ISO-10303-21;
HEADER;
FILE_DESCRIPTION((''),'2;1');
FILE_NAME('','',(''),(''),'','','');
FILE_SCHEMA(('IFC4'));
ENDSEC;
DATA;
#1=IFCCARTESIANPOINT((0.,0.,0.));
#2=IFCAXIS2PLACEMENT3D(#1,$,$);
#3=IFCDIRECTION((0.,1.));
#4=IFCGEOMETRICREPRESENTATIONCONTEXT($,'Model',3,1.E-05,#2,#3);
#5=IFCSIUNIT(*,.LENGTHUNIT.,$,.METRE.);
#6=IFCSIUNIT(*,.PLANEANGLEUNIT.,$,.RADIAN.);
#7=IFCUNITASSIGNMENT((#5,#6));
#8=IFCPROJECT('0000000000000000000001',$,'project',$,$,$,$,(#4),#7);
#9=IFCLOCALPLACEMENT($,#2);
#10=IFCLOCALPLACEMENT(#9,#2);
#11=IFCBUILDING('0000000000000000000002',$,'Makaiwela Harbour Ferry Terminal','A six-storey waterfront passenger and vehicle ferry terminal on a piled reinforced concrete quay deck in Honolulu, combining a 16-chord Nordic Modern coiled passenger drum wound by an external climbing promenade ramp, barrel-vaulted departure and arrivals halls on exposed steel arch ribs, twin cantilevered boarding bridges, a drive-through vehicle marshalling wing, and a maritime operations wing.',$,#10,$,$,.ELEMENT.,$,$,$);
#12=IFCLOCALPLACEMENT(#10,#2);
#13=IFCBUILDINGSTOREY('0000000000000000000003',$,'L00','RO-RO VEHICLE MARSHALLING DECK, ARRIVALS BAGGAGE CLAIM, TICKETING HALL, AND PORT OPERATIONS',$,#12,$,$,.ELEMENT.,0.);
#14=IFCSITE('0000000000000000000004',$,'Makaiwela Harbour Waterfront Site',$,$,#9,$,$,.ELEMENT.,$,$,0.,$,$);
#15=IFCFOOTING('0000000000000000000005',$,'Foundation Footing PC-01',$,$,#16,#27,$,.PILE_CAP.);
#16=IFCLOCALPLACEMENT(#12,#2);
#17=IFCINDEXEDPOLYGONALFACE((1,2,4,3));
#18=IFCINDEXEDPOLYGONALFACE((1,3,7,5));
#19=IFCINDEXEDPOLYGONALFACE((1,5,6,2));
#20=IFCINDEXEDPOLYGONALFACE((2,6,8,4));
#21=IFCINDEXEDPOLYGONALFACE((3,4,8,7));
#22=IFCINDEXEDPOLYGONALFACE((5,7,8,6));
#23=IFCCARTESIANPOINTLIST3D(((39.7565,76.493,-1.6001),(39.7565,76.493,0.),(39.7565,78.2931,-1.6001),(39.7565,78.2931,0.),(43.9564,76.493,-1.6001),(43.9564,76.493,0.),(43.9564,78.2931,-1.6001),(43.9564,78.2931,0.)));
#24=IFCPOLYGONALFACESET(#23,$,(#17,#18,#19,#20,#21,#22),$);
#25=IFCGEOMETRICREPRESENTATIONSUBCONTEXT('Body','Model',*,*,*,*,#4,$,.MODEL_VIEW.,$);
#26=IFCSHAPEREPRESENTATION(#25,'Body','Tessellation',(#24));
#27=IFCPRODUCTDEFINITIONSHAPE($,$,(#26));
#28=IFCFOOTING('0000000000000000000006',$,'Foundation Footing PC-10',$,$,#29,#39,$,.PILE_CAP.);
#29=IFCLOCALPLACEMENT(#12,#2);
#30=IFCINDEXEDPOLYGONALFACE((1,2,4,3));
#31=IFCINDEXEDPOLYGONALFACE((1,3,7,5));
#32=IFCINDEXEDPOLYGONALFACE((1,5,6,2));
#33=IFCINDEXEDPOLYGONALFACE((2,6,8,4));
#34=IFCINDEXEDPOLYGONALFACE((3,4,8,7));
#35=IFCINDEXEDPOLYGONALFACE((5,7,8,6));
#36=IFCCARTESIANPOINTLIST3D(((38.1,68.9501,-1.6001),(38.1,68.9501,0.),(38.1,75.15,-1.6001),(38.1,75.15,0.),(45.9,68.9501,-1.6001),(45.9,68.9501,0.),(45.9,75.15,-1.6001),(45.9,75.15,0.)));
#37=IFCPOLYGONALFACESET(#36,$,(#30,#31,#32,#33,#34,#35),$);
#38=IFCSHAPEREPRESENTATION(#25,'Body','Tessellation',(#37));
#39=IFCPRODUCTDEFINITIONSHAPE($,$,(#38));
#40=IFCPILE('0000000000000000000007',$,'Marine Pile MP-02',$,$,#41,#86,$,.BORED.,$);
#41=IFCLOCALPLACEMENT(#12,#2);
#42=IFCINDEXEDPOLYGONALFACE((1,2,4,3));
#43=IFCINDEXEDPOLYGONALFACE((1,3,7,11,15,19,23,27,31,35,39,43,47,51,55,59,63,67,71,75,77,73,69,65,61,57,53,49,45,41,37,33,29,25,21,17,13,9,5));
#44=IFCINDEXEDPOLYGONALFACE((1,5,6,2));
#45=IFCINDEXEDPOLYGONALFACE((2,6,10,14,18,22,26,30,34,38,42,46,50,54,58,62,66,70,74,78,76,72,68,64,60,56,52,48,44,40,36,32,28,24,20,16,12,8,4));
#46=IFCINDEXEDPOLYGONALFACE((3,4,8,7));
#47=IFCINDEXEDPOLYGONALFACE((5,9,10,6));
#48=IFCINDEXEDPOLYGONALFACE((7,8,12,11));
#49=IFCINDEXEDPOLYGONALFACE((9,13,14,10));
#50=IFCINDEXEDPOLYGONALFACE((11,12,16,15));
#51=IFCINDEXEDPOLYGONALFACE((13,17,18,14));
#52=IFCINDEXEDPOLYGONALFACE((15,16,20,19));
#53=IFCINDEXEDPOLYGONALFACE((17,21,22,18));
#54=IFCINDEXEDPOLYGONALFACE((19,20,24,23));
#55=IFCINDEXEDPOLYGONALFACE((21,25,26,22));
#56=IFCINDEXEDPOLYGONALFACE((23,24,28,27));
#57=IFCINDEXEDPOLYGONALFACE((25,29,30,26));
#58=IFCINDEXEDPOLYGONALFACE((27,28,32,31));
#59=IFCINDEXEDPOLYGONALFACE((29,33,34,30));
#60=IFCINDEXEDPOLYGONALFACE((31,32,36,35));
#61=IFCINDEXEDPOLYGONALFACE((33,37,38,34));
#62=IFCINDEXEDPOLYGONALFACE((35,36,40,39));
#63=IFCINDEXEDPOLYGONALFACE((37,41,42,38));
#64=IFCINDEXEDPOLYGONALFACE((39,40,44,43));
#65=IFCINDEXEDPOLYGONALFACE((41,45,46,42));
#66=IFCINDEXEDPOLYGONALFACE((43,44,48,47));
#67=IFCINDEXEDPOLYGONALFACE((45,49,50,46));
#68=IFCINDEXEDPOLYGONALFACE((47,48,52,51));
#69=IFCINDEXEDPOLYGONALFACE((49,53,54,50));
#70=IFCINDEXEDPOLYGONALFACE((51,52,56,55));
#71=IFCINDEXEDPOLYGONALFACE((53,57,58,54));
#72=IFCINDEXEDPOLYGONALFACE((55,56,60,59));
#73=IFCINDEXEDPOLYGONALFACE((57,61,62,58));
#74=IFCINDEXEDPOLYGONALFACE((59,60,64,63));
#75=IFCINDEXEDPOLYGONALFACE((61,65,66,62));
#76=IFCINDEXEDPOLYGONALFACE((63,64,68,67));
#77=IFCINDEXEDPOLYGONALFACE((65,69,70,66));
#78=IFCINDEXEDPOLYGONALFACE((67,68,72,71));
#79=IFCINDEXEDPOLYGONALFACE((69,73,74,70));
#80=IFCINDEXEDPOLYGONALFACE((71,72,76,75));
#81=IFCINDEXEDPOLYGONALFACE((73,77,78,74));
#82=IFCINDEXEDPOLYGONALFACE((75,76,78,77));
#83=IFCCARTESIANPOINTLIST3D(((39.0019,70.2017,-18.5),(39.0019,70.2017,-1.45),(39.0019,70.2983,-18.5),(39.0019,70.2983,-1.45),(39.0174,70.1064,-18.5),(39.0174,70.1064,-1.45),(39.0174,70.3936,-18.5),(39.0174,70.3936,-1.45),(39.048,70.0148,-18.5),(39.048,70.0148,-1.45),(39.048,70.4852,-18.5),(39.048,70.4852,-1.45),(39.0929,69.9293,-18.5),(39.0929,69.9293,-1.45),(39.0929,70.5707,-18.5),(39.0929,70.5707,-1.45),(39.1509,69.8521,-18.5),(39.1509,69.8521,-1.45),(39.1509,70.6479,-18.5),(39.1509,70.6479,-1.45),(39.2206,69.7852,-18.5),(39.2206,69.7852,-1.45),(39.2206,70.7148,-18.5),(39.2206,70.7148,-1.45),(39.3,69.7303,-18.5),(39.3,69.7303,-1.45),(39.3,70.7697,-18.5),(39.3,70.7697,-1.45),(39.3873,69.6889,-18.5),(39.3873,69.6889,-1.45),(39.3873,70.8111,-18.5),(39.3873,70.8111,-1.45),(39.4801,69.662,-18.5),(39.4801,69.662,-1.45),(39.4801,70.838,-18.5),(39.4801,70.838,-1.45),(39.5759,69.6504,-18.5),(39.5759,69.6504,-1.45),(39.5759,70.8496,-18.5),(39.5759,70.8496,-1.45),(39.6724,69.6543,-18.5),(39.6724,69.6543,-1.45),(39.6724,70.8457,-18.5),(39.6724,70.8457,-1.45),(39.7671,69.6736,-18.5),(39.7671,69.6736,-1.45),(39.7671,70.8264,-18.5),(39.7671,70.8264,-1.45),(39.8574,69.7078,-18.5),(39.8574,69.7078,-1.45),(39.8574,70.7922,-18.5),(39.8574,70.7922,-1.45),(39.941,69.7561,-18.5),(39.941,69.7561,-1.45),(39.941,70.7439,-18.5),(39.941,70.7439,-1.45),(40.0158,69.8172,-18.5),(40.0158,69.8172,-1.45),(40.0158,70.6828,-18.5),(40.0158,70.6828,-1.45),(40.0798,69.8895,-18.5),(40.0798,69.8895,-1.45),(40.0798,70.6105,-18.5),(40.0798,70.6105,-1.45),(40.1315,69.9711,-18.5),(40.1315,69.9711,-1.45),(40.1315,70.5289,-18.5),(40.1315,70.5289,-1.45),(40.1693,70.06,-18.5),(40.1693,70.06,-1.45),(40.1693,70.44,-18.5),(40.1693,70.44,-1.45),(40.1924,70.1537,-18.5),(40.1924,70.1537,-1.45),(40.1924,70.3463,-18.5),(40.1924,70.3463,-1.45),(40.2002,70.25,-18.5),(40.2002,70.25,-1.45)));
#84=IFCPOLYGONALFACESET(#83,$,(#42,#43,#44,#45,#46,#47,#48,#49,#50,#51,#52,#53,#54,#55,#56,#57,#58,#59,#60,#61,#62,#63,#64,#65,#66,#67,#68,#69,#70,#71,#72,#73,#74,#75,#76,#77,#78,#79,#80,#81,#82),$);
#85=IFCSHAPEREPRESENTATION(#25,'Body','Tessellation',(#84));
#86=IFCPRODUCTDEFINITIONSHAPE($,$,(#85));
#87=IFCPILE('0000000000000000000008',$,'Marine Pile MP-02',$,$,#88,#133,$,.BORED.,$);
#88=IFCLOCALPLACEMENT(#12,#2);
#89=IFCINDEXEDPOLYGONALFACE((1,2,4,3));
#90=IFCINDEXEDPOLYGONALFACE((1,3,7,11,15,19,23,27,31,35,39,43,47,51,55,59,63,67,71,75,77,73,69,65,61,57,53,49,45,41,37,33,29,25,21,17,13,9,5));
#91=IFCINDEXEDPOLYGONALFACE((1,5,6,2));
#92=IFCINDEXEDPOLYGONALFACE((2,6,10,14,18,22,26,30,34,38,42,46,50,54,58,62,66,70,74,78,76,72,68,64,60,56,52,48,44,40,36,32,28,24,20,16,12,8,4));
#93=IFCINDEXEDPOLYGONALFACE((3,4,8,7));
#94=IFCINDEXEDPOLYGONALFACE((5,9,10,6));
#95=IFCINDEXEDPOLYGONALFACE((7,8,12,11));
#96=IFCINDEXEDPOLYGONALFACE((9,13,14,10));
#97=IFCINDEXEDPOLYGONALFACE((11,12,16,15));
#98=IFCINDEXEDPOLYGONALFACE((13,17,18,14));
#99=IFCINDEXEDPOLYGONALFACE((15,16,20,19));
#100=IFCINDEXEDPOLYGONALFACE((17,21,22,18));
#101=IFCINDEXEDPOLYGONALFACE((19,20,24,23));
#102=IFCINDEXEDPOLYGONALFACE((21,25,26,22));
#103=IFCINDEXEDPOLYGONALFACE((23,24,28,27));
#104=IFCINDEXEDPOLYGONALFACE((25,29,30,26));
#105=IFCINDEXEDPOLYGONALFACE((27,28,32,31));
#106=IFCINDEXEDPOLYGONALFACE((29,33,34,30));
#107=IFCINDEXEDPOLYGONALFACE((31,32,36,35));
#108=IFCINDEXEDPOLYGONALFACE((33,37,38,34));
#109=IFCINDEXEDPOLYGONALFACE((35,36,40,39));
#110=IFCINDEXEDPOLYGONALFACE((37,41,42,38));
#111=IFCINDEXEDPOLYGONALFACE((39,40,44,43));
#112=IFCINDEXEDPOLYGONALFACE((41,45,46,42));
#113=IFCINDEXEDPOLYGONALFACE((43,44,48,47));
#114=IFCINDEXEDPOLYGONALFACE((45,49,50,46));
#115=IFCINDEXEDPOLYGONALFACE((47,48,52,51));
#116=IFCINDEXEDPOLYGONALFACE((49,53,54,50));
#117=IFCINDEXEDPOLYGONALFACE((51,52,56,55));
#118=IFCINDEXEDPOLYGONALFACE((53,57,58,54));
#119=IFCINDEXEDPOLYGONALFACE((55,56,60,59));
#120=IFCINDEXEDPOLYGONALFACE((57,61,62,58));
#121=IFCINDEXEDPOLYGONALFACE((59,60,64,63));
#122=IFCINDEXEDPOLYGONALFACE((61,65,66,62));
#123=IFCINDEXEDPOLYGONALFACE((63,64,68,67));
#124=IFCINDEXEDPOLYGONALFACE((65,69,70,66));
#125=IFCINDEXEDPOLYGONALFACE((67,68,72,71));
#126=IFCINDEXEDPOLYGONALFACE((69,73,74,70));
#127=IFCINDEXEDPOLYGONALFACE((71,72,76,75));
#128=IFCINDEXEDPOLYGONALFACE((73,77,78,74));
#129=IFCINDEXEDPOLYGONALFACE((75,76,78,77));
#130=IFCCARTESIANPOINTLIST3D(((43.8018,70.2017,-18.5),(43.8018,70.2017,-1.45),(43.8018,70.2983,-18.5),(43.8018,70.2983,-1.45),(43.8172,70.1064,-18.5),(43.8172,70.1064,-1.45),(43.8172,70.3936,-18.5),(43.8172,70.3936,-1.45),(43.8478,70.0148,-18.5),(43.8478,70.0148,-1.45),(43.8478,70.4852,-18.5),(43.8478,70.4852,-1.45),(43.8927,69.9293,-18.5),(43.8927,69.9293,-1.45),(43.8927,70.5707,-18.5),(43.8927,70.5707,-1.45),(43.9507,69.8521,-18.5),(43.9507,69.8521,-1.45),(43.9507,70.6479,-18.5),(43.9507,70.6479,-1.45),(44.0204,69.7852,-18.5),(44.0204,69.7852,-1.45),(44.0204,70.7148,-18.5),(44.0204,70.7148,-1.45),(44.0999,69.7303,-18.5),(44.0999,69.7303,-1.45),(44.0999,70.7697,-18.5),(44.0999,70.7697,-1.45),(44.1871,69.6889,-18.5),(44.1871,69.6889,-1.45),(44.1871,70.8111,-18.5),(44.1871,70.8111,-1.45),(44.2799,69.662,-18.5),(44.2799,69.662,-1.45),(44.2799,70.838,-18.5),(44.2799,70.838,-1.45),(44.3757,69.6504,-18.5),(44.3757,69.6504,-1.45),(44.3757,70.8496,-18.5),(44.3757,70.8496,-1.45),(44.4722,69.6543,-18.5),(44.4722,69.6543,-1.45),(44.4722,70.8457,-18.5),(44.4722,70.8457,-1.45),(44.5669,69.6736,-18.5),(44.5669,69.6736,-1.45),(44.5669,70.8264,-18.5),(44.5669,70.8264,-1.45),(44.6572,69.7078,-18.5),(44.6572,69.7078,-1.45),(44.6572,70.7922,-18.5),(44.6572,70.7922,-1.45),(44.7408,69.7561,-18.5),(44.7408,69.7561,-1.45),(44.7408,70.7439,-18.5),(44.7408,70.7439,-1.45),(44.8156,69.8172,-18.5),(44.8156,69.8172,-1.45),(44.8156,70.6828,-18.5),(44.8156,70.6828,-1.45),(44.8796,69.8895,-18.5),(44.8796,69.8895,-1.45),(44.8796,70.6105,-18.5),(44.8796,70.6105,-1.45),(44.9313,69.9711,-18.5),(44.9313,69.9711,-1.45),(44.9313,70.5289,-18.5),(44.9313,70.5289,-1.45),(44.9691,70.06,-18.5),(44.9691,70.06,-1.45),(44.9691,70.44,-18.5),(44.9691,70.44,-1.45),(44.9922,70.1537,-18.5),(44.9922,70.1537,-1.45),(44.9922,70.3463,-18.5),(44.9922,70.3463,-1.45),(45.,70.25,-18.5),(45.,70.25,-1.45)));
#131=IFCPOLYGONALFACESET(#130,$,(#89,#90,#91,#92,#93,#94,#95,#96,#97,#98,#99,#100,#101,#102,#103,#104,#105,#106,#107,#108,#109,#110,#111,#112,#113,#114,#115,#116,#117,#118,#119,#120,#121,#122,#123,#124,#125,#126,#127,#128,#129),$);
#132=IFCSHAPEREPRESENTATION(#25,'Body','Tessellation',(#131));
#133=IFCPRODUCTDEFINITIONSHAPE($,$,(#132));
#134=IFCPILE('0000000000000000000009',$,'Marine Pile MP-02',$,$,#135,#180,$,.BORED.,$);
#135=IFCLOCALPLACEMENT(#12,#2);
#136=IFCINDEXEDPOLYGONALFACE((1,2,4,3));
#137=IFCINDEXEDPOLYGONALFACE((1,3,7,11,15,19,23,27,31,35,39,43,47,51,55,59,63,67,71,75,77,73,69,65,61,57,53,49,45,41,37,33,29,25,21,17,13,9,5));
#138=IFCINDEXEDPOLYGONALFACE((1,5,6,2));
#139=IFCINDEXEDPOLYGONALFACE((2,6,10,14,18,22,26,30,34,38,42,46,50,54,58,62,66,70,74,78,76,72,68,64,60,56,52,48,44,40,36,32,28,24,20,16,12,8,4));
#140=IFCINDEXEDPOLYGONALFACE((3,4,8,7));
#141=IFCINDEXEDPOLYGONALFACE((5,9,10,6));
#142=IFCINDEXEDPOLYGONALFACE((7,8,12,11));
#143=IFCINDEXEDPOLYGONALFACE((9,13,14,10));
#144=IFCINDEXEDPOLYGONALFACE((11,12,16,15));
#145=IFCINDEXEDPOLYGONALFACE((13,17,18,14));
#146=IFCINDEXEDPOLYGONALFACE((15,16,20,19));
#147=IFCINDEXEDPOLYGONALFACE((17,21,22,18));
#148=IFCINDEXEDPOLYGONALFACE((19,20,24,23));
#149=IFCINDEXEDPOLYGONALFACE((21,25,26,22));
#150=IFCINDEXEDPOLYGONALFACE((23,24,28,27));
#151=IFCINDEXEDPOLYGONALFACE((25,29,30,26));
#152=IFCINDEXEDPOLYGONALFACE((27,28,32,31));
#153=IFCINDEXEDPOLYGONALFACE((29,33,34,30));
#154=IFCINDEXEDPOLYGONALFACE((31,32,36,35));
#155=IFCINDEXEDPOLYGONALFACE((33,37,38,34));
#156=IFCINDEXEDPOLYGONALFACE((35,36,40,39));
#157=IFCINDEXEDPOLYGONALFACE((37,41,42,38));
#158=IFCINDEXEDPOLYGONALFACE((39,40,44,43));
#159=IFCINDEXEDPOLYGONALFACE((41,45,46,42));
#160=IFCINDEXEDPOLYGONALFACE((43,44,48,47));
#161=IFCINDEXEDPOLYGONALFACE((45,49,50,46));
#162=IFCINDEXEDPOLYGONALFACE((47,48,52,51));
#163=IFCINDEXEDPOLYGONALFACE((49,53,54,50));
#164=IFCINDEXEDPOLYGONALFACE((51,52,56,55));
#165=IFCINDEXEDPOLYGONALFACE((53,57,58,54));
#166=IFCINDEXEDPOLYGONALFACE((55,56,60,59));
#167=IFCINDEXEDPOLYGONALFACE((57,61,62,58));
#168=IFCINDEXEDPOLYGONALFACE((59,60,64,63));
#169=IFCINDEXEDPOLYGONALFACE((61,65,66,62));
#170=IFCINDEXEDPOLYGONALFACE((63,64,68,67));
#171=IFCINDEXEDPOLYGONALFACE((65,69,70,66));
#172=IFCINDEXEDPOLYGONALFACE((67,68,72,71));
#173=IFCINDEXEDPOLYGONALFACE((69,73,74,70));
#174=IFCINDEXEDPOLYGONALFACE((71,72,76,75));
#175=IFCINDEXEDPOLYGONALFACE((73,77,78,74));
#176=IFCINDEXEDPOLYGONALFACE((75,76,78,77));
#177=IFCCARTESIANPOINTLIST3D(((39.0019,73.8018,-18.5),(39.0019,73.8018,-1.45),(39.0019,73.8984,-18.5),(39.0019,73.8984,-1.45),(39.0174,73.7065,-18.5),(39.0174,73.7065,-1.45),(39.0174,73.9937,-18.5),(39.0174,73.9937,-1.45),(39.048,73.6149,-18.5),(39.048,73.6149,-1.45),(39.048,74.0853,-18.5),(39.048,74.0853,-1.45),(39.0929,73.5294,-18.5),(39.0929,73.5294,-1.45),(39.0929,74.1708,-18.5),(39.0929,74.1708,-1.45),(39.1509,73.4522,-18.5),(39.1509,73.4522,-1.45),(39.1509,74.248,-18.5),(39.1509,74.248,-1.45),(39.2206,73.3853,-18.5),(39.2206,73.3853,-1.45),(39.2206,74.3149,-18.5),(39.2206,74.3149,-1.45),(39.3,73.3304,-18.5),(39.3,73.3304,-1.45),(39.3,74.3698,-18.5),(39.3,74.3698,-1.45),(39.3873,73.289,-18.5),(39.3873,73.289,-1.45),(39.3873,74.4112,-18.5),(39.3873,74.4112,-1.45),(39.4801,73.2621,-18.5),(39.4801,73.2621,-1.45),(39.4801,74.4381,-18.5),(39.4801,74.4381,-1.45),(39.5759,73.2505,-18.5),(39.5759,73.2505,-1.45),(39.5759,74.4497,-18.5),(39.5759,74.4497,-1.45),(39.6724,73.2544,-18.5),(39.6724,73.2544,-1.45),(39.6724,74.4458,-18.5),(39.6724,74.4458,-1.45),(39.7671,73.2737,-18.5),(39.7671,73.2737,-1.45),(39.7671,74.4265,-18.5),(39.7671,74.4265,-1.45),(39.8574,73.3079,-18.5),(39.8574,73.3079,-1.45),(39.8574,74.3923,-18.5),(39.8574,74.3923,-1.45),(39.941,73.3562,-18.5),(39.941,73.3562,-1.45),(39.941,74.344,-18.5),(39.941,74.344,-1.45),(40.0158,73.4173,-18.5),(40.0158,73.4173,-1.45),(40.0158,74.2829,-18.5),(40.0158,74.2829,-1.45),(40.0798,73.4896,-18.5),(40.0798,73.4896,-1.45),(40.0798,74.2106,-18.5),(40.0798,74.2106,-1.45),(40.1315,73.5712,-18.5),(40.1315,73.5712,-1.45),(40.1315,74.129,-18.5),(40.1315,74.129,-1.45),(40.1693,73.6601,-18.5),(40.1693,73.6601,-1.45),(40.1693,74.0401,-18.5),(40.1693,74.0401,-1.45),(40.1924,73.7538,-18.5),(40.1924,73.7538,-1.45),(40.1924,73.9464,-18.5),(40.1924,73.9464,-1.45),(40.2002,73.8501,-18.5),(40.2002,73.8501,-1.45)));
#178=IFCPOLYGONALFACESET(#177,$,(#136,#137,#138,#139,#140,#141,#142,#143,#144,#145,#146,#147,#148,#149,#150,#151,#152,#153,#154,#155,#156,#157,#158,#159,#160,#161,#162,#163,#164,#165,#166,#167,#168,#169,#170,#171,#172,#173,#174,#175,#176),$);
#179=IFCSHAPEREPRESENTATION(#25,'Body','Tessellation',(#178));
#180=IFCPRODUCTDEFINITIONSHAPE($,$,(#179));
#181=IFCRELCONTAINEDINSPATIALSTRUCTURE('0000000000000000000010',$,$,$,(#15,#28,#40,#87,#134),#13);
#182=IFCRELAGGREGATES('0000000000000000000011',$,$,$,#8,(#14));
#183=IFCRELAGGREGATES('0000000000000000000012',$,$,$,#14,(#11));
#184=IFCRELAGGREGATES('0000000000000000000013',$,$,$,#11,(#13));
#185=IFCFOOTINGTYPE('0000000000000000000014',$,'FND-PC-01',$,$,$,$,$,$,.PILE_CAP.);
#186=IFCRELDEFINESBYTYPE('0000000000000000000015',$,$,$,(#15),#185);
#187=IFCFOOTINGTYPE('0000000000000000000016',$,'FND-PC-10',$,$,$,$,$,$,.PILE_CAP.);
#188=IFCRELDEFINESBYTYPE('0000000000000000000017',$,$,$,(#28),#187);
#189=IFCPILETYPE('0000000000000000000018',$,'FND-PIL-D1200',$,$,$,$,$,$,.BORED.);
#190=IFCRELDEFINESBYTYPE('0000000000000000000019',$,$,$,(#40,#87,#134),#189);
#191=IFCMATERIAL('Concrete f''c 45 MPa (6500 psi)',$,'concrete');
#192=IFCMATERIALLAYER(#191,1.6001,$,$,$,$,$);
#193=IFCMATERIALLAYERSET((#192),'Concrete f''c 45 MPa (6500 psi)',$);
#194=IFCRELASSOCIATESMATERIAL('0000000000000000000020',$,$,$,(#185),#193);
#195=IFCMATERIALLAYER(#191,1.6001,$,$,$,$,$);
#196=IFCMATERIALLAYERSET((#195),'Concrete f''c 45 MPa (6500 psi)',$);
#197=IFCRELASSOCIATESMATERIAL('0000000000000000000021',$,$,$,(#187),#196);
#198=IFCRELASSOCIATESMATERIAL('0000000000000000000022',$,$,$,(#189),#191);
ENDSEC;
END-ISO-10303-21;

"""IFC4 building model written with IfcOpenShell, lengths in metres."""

from ifc_helpers import new_model, si_unit, direction, frame, origin, origin_2d, place, context, subcontext, project, spatial, rectangle, circle, extrude, material, layer, layer_set, material_profile, profile_set, type_object, element, save


model = new_model("IFC4")

# Units and contexts
model_context = context("Model", 3, precision=1e-05, world=origin(), true_north=direction((0.0, 1.0)))
body_context = subcontext(model_context, "Body", "Model", "MODEL_VIEW")
ifc_project = project(units=[si_unit("LENGTHUNIT", "METRE"), si_unit("PLANEANGLEUNIT", "RADIAN")], contexts=[model_context])

# Site, building, storey
site_placement = place(None, origin())
site = spatial("IfcSite", under=ifc_project, at=site_placement, Name="Makaiwela Harbour Waterfront Site", CompositionType="ELEMENT", RefElevation=0.0)
building_placement = place(site_placement, origin())
building = spatial("IfcBuilding", under=site, at=building_placement, Name="Makaiwela Harbour Ferry Terminal", Description="A six-storey waterfront passenger and vehicle ferry terminal on a piled reinforced concrete quay deck in Honolulu, combining a 16-chord Nordic Modern coiled passenger drum wound by an external climbing promenade ramp, barrel-vaulted departure and arrivals halls on exposed steel arch ribs, twin cantilevered boarding bridges, a drive-through vehicle marshalling wing, and a maritime operations wing.", CompositionType="ELEMENT")
storey_placement = place(building_placement, origin())
storey = spatial("IfcBuildingStorey", under=building, at=storey_placement, Name="L00", Description="RO-RO VEHICLE MARSHALLING DECK, ARRIVALS BAGGAGE CLAIM, TICKETING HALL, AND PORT OPERATIONS", CompositionType="ELEMENT", Elevation=0.0)

# Footings
ifc_material_1 = material(Name="Concrete f'c 45 MPa (6500 psi)", Category="concrete")
ifc_layer_1 = layer(ifc_material_1, 1.6001)
ifc_layer_set_1 = layer_set([ifc_layer_1], Name="Concrete f'c 45 MPa (6500 psi)")
footing_type_1 = type_object("IfcFootingType", Name="FND-PC-01", PredefinedType="PILE_CAP", material=ifc_layer_set_1)
footing_1_placement = place(storey_placement, frame((41.8564, 77.3931, -1.6001), z_axis=(0.0, 0.0, 1.0), x_axis=(1.0, 0.0, 0.0)))
element("IfcFooting", 1, at=footing_1_placement, inside=storey, type_object=footing_type_1, Name="Foundation Footing PC-01", PredefinedType="PILE_CAP", context=body_context, shape_type="SweptSolid", body=[
    extrude(rectangle(XDim=4.2, YDim=1.8, at=origin_2d()), origin(), (0.0, 0.0, 1.0), 1.6001),
])
ifc_layer_2 = layer(ifc_material_1, 1.6001)
ifc_layer_set_2 = layer_set([ifc_layer_2], Name="Concrete f'c 45 MPa (6500 psi)")
footing_type_2 = type_object("IfcFootingType", Name="FND-PC-10", PredefinedType="PILE_CAP", material=ifc_layer_set_2)
footing_2_placement = place(storey_placement, frame((42.0, 72.05, -1.6001), z_axis=(0.0, 0.0, 1.0), x_axis=(1.0, 0.0, 0.0)))
element("IfcFooting", 2, at=footing_2_placement, inside=storey, type_object=footing_type_2, Name="Foundation Footing PC-10", PredefinedType="PILE_CAP", context=body_context, shape_type="SweptSolid", body=[
    extrude(rectangle(XDim=7.8, YDim=6.2, at=origin_2d()), origin(), (0.0, 0.0, 1.0), 1.6001),
])

# Piles
ifc_material_profile_1 = material_profile(ifc_material_1, circle(Radius=0.6001, at=origin_2d()), Name="PILE-D1200")
ifc_profile_set_1 = profile_set([ifc_material_profile_1], Name="Concrete f'c 45 MPa (6500 psi)")
pile_type_1 = type_object("IfcPileType", Name="FND-PIL-D1200", PredefinedType="BORED", material=ifc_profile_set_1)
for number, where, z_axis, x_axis, name in (
    (3, (39.6001, 70.25, -1.45), (0.0, 0.0, -1.0), (1.0, 0.0, 0.0), "Marine Pile MP-02"),
    (4, (44.3999, 70.25, -1.45), (0.0, 0.0, -1.0), (1.0, 0.0, 0.0), "Marine Pile MP-02"),
    (5, (39.6001, 73.8501, -1.45), (0.0, 0.0, -1.0), (1.0, 0.0, 0.0), "Marine Pile MP-02"),
):
    element("IfcPile", number, at=place(storey_placement, frame(where, z_axis=z_axis, x_axis=x_axis)), inside=storey, type_object=pile_type_1, Name=name, PredefinedType="BORED", context=body_context, shape_type="SweptSolid", body=[
        extrude(circle(Radius=0.6001, at=origin_2d()), origin(), (0.0, 0.0, 1.0), 17.05),
    ])

save(model, "model.ifc")
